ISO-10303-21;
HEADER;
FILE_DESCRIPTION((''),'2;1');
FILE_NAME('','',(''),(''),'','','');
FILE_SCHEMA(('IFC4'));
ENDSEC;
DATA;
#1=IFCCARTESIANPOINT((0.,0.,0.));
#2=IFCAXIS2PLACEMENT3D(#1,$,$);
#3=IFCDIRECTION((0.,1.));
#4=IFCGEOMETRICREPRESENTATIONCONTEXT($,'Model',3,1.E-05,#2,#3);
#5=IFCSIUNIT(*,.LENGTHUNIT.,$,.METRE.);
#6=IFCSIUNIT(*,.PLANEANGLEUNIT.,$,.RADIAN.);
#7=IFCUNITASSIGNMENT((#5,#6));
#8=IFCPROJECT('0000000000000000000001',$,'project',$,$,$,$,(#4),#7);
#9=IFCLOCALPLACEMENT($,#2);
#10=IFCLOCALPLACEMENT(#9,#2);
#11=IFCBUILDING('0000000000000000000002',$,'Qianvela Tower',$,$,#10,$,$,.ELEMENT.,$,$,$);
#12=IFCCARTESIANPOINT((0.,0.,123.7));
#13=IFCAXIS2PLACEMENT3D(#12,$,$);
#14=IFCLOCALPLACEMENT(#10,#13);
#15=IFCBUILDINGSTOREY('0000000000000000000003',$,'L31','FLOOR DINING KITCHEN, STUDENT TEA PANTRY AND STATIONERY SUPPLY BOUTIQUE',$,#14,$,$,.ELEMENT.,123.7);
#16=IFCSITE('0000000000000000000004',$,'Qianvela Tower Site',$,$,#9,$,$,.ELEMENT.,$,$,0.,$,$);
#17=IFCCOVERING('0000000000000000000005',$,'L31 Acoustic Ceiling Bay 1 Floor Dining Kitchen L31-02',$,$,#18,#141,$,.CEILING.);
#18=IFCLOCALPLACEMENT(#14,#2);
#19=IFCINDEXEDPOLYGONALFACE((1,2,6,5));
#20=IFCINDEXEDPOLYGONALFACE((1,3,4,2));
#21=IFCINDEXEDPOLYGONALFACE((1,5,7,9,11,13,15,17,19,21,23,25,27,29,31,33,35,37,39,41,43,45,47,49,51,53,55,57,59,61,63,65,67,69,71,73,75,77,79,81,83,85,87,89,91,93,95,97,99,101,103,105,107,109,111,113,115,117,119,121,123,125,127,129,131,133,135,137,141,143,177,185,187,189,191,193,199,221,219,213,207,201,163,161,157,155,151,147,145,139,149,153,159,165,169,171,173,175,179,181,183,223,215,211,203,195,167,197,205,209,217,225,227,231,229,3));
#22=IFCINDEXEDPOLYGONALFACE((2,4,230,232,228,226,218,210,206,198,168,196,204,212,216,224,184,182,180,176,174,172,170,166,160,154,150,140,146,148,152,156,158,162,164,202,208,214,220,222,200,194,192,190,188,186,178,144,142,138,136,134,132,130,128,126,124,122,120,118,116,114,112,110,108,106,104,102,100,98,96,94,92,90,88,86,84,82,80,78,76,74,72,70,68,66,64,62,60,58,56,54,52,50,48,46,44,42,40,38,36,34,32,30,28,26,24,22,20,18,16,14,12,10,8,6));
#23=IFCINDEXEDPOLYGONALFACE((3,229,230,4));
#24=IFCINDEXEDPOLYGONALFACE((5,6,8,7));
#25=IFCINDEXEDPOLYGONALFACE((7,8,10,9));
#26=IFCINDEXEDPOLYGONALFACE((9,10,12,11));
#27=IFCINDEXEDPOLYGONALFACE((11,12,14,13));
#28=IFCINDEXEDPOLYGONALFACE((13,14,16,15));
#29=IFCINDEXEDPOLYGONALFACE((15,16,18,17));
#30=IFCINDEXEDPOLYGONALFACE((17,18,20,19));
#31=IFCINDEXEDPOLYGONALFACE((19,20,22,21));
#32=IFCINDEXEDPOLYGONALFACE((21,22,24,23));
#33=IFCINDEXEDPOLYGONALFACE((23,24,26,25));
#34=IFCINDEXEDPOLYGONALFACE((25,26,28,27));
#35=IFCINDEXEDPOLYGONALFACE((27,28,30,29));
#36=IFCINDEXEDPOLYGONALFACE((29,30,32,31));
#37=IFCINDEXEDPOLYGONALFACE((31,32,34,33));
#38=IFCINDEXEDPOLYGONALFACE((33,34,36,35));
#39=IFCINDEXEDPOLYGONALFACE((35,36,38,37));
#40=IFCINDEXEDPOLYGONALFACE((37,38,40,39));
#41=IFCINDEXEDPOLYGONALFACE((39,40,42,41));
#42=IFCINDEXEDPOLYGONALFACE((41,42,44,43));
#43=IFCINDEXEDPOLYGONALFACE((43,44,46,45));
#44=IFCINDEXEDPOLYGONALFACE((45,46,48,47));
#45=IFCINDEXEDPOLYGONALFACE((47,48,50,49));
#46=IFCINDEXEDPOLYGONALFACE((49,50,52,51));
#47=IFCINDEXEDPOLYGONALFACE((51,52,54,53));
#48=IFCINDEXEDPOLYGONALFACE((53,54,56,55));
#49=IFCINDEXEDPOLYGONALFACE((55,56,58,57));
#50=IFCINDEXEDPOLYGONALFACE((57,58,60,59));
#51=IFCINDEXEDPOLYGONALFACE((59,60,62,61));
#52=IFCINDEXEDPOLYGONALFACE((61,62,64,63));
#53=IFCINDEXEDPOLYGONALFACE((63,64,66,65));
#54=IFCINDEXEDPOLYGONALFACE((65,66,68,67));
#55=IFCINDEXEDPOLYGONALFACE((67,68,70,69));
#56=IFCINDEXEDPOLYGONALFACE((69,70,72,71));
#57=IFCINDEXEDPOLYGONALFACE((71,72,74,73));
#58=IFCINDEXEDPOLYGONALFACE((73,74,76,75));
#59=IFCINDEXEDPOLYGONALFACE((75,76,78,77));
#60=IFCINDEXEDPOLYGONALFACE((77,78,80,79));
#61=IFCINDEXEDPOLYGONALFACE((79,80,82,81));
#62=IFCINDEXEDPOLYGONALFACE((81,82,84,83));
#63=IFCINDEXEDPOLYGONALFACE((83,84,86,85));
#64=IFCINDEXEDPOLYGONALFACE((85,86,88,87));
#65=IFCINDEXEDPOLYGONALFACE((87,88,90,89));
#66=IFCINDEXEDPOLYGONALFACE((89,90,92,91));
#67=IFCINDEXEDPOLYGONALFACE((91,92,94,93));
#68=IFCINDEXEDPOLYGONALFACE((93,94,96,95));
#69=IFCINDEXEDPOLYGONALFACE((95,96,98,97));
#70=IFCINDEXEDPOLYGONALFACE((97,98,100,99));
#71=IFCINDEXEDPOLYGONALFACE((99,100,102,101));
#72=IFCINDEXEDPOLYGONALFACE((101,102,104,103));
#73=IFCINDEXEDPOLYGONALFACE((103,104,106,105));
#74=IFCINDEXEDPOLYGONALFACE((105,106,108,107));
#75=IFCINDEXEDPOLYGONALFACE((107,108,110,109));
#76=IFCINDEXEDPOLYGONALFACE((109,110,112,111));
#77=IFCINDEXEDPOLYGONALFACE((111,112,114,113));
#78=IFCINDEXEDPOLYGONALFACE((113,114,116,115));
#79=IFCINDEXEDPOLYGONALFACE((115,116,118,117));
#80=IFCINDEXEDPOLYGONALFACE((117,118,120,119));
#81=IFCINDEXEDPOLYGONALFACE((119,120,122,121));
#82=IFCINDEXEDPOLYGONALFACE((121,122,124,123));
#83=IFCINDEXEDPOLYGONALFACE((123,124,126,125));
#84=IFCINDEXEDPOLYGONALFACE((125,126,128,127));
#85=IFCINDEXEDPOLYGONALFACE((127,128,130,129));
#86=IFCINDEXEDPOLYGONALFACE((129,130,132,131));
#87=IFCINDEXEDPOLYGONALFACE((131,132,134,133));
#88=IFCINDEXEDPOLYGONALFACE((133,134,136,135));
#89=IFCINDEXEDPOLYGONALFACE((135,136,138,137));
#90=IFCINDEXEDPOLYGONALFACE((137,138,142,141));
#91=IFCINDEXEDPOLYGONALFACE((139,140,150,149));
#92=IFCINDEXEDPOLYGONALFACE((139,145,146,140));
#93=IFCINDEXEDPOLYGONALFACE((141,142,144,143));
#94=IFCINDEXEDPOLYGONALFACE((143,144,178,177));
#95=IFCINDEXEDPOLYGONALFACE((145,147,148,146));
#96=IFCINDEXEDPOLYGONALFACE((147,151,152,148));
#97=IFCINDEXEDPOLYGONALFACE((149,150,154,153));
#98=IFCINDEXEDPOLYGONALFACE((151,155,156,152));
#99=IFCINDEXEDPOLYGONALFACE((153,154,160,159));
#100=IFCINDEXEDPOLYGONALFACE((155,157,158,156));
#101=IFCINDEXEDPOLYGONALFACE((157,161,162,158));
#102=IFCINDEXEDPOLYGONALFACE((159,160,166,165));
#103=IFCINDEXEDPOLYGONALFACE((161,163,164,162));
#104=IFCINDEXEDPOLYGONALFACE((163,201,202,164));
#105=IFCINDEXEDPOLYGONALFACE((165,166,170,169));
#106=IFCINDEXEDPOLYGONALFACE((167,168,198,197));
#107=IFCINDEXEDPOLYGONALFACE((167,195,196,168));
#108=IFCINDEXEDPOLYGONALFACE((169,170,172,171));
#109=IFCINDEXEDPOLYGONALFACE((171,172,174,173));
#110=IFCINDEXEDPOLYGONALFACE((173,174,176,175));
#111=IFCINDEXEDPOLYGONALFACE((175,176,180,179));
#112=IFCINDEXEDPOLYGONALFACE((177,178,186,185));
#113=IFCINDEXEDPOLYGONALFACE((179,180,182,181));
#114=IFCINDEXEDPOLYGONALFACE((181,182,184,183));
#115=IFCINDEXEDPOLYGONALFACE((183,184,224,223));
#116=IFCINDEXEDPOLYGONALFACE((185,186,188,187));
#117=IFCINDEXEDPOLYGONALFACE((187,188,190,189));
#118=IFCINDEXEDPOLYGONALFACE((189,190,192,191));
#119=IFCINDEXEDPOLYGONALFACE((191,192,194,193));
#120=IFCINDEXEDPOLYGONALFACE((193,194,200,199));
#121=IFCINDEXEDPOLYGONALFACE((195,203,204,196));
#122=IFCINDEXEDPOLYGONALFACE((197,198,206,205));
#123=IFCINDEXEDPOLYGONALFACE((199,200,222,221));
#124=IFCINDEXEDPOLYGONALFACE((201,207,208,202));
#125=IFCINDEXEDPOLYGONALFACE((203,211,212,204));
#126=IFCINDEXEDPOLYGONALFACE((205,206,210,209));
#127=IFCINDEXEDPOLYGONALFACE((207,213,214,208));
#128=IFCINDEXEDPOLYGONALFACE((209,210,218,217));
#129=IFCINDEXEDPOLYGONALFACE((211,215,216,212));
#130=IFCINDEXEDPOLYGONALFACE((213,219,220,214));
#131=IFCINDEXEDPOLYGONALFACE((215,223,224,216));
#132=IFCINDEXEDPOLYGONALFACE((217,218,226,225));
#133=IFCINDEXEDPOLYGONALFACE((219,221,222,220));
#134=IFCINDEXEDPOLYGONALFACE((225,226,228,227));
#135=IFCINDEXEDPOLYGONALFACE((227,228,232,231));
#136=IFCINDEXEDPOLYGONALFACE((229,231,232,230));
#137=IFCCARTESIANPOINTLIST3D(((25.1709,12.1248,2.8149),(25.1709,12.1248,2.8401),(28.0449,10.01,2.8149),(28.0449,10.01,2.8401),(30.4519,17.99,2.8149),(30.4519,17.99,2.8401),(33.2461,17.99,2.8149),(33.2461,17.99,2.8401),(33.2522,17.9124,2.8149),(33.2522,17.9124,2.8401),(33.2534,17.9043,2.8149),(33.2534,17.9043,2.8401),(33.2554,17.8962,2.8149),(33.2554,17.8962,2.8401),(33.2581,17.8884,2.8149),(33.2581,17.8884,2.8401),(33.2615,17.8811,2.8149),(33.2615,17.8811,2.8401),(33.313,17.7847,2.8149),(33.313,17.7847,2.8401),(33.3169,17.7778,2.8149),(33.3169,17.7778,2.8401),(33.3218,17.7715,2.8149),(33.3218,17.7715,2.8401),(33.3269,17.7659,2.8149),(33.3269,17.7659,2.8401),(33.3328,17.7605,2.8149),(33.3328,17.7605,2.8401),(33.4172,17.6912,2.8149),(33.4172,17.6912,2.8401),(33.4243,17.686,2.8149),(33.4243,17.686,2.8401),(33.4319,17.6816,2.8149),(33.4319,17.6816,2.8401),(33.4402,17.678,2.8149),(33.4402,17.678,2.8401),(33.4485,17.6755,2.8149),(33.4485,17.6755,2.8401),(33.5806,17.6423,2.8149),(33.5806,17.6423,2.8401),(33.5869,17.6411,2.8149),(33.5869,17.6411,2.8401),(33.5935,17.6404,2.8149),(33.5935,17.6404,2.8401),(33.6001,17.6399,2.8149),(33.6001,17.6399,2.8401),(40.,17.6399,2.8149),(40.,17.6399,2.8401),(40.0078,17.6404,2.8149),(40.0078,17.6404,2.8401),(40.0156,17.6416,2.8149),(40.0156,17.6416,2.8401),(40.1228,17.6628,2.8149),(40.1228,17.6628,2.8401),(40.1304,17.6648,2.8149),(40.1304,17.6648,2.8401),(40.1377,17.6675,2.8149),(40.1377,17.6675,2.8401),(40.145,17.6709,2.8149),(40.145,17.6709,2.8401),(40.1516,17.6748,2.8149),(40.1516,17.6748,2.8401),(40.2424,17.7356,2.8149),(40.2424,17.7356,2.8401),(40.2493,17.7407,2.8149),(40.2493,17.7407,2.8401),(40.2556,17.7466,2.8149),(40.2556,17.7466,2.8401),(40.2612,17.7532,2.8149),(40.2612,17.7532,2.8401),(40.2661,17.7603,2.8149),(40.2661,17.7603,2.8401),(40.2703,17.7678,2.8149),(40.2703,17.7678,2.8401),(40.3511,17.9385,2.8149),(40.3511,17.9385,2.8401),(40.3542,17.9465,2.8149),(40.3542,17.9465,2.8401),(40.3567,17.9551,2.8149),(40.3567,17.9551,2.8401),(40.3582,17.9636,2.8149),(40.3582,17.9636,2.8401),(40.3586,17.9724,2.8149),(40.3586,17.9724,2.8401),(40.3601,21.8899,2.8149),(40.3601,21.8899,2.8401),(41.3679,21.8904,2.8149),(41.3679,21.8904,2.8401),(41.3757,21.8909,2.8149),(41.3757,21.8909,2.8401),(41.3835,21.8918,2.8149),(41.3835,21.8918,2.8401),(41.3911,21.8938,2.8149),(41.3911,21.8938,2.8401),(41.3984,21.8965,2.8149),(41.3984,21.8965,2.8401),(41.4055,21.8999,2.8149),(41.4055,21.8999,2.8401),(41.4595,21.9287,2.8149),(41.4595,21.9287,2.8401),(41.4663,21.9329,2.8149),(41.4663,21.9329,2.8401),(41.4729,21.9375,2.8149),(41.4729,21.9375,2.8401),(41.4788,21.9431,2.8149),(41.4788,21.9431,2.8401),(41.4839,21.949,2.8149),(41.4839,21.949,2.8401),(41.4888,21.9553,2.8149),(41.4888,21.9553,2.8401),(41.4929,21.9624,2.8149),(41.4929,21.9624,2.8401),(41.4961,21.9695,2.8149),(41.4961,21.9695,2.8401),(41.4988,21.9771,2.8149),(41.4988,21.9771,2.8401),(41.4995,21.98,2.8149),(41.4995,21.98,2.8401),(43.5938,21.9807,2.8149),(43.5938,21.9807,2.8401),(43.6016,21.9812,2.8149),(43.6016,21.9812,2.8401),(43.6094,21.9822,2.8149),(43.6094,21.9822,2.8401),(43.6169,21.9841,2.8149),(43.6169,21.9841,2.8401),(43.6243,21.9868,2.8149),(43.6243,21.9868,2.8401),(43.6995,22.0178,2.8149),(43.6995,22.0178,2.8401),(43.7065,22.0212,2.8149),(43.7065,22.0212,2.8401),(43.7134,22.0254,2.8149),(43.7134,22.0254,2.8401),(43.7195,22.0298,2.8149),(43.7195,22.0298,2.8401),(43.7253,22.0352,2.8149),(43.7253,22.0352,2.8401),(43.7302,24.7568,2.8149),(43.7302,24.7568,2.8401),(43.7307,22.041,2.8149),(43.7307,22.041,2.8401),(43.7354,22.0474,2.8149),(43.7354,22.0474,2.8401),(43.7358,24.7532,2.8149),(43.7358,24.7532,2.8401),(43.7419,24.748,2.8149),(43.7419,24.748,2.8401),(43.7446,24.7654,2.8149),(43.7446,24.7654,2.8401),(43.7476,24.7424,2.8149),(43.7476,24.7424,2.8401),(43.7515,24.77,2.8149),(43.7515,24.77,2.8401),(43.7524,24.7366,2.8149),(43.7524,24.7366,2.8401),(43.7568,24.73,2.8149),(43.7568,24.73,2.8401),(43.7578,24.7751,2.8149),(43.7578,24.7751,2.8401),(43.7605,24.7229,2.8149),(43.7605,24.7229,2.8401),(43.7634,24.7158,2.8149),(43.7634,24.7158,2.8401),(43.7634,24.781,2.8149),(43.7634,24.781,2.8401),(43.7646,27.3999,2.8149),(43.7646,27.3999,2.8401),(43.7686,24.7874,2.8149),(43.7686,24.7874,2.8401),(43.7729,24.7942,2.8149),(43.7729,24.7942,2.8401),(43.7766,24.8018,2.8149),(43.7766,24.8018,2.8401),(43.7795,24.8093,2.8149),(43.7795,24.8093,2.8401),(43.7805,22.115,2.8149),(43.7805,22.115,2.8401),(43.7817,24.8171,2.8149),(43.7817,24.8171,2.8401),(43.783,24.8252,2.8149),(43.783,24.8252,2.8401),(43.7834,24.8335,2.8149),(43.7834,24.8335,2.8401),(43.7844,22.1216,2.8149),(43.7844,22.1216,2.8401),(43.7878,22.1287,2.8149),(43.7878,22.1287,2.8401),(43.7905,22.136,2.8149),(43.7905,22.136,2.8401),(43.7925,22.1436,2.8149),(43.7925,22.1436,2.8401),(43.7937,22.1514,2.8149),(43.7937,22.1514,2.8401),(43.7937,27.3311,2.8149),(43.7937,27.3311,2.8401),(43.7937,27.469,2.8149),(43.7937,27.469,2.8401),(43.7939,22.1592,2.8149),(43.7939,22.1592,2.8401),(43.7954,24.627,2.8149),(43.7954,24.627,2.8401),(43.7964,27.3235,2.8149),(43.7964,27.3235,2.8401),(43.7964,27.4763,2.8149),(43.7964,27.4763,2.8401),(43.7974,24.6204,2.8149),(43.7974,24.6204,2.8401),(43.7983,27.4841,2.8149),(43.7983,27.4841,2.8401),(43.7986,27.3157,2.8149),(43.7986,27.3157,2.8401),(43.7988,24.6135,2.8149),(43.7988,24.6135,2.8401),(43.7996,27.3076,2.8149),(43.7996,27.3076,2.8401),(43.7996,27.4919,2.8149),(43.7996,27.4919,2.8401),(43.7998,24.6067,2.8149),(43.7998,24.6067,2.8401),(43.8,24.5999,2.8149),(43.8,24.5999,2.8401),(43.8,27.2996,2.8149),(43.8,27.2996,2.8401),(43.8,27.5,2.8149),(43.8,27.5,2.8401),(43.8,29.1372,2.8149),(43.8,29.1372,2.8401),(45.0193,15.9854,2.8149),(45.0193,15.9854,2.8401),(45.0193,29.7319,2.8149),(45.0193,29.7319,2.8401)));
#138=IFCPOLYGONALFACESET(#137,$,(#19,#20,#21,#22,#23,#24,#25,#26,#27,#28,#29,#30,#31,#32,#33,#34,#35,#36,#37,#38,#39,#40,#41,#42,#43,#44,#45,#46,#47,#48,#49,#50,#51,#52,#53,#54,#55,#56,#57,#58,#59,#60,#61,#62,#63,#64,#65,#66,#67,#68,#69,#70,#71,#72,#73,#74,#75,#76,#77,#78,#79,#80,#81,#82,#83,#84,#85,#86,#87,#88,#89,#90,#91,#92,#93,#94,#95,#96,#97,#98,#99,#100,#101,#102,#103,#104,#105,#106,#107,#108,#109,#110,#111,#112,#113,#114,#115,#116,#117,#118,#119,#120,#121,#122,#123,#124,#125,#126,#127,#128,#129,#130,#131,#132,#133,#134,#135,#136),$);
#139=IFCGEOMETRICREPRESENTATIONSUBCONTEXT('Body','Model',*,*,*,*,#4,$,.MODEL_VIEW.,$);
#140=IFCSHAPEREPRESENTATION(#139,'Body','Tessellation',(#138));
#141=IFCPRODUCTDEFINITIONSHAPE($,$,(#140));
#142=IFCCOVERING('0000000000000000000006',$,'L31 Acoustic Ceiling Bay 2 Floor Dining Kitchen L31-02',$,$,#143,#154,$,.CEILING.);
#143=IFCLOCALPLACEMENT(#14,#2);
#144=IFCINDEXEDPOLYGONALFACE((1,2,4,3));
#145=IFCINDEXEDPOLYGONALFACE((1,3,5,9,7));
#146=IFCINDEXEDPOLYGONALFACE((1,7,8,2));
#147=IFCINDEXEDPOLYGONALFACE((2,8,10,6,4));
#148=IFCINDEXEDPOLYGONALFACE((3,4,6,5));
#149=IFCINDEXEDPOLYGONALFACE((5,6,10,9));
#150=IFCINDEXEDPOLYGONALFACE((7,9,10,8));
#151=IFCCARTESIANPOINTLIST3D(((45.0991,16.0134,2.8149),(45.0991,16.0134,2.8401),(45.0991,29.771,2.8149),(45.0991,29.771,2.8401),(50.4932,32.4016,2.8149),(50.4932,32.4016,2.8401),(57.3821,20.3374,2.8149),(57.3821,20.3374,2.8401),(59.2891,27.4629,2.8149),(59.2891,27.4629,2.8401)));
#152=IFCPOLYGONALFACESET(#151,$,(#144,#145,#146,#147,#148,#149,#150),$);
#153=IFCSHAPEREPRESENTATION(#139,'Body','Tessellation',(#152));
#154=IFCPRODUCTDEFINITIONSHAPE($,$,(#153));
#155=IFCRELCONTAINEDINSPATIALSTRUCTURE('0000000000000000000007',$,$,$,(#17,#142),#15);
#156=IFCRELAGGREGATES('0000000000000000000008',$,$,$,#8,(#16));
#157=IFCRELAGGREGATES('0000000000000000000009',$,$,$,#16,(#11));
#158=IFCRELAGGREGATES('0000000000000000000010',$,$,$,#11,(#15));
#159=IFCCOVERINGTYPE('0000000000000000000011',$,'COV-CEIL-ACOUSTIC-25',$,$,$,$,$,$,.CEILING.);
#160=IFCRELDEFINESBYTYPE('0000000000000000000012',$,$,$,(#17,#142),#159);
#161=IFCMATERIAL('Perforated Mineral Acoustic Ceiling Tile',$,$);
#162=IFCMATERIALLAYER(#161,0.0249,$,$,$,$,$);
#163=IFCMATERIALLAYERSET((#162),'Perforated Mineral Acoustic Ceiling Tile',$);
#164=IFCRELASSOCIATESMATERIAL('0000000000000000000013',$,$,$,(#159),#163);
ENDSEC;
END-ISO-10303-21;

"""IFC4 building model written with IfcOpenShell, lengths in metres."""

from ifc_helpers import new_model, si_unit, direction, frame, origin, place, context, subcontext, project, spatial, polyline, outline, extrude, material, layer, layer_set, type_object, element, save


model = new_model("IFC4")

# Units and contexts
model_context = context("Model", 3, precision=1e-05, world=origin(), true_north=direction((0.0, 1.0)))
body_context = subcontext(model_context, "Body", "Model", "MODEL_VIEW")
ifc_project = project(units=[si_unit("LENGTHUNIT", "METRE"), si_unit("PLANEANGLEUNIT", "RADIAN")], contexts=[model_context])

# Site, building, storey
site_placement = place(None, origin())
site = spatial("IfcSite", under=ifc_project, at=site_placement, Name="Qianvela Tower Site", CompositionType="ELEMENT", RefElevation=0.0)
building_placement = place(site_placement, origin())
building = spatial("IfcBuilding", under=site, at=building_placement, Name="Qianvela Tower", CompositionType="ELEMENT")
storey_placement = place(building_placement, frame((0.0, 0.0, 123.7)))
storey = spatial("IfcBuildingStorey", under=building, at=storey_placement, Name="L31", Description="FLOOR DINING KITCHEN, STUDENT TEA PANTRY AND STATIONERY SUPPLY BOUTIQUE", CompositionType="ELEMENT", Elevation=123.7)

# Coverings
ifc_material_1 = material(Name="Perforated Mineral Acoustic Ceiling Tile")
ifc_layer_1 = layer(ifc_material_1, 0.0249)
ifc_layer_set_1 = layer_set([ifc_layer_1], Name="Perforated Mineral Acoustic Ceiling Tile")
covering_type_1 = type_object("IfcCoveringType", Name="COV-CEIL-ACOUSTIC-25", PredefinedType="CEILING", material=ifc_layer_set_1)
covering_1_placement = place(storey_placement, frame((0.0, 0.0, 2.8149)))
element("IfcCovering", 1, at=covering_1_placement, inside=storey, type_object=covering_type_1, Name="L31 Acoustic Ceiling Bay 1 Floor Dining Kitchen L31-02", PredefinedType="CEILING", context=body_context, shape_type="SweptSolid", body=[
    extrude(outline(polyline([(40.1304, 17.6648), (40.1377, 17.6675), (40.145, 17.6709), (40.1516, 17.6748), (40.2424, 17.7356), (40.2493, 17.7407), (40.2556, 17.7466), (40.2612, 17.7532), (40.2661, 17.7603), (40.2703, 17.7678), (40.3511, 17.9385), (40.3542, 17.9465), (40.3567, 17.9551), (40.3582, 17.9636), (40.3586, 17.9724), (40.3601, 21.8899), (41.3679, 21.8904), (41.3757, 21.8909), (41.3835, 21.8918), (41.3911, 21.8938), (41.3984, 21.8965), (41.4055, 21.8999), (41.4595, 21.9287), (41.4663, 21.9329), (41.4729, 21.9375), (41.4788, 21.9431), (41.4839, 21.949), (41.4888, 21.9553), (41.4929, 21.9624), (41.4961, 21.9695), (41.4988, 21.9771), (41.4995, 21.98), (43.5938, 21.9807), (43.6016, 21.9812), (43.6094, 21.9822), (43.6169, 21.9841), (43.6243, 21.9868), (43.6995, 22.0178), (43.7065, 22.0212), (43.7134, 22.0254), (43.7195, 22.0298), (43.7253, 22.0352), (43.7307, 22.041), (43.7354, 22.0474), (43.7805, 22.115), (43.7844, 22.1216), (43.7878, 22.1287), (43.7905, 22.136), (43.7925, 22.1436), (43.7937, 22.1514), (43.7939, 22.1592), (43.8, 24.5999), (43.7998, 24.6067), (43.7988, 24.6135), (43.7974, 24.6204), (43.7954, 24.627), (43.7634, 24.7158), (43.7605, 24.7229), (43.7568, 24.73), (43.7524, 24.7366), (43.7476, 24.7424), (43.7419, 24.748), (43.7358, 24.7532), (43.7302, 24.7568), (43.7446, 24.7654), (43.7515, 24.77), (43.7578, 24.7751), (43.7634, 24.781), (43.7686, 24.7874), (43.7729, 24.7942), (43.7766, 24.8018), (43.7795, 24.8093), (43.7817, 24.8171), (43.783, 24.8252), (43.7834, 24.8335), (43.8, 27.2996), (43.7996, 27.3076), (43.7986, 27.3157), (43.7964, 27.3235), (43.7937, 27.3311), (43.7646, 27.3999), (43.7937, 27.469), (43.7964, 27.4763), (43.7983, 27.4841), (43.7996, 27.4919), (43.8, 27.5), (43.8, 29.1372), (45.0193, 29.7319), (45.0193, 15.9854), (28.0449, 10.01), (25.1709, 12.1248), (30.4519, 17.99), (33.2461, 17.99), (33.2522, 17.9124), (33.2534, 17.9043), (33.2554, 17.8962), (33.2581, 17.8884), (33.2615, 17.8811), (33.313, 17.7847), (33.3169, 17.7778), (33.3218, 17.7715), (33.3269, 17.7659), (33.3328, 17.7605), (33.4172, 17.6912), (33.4243, 17.686), (33.4319, 17.6816), (33.4402, 17.678), (33.4485, 17.6755), (33.5806, 17.6423), (33.5869, 17.6411), (33.5935, 17.6404), (33.6001, 17.6399), (40.0, 17.6399), (40.0078, 17.6404), (40.0156, 17.6416), (40.1228, 17.6628), (40.1304, 17.6648)])), origin(), (0.0, 0.0, 1.0), 0.0251),
])
covering_2_placement = place(storey_placement, frame((0.0, 0.0, 2.8149)))
element("IfcCovering", 2, at=covering_2_placement, inside=storey, type_object=covering_type_1, Name="L31 Acoustic Ceiling Bay 2 Floor Dining Kitchen L31-02", PredefinedType="CEILING", context=body_context, shape_type="SweptSolid", body=[
    extrude(outline(polyline([(50.4932, 32.4016), (59.2891, 27.4629), (57.3821, 20.3374), (45.0991, 16.0134), (45.0991, 29.771), (50.4932, 32.4016)])), origin(), (0.0, 0.0, 1.0), 0.0251),
])

save(model, "model.ifc")
